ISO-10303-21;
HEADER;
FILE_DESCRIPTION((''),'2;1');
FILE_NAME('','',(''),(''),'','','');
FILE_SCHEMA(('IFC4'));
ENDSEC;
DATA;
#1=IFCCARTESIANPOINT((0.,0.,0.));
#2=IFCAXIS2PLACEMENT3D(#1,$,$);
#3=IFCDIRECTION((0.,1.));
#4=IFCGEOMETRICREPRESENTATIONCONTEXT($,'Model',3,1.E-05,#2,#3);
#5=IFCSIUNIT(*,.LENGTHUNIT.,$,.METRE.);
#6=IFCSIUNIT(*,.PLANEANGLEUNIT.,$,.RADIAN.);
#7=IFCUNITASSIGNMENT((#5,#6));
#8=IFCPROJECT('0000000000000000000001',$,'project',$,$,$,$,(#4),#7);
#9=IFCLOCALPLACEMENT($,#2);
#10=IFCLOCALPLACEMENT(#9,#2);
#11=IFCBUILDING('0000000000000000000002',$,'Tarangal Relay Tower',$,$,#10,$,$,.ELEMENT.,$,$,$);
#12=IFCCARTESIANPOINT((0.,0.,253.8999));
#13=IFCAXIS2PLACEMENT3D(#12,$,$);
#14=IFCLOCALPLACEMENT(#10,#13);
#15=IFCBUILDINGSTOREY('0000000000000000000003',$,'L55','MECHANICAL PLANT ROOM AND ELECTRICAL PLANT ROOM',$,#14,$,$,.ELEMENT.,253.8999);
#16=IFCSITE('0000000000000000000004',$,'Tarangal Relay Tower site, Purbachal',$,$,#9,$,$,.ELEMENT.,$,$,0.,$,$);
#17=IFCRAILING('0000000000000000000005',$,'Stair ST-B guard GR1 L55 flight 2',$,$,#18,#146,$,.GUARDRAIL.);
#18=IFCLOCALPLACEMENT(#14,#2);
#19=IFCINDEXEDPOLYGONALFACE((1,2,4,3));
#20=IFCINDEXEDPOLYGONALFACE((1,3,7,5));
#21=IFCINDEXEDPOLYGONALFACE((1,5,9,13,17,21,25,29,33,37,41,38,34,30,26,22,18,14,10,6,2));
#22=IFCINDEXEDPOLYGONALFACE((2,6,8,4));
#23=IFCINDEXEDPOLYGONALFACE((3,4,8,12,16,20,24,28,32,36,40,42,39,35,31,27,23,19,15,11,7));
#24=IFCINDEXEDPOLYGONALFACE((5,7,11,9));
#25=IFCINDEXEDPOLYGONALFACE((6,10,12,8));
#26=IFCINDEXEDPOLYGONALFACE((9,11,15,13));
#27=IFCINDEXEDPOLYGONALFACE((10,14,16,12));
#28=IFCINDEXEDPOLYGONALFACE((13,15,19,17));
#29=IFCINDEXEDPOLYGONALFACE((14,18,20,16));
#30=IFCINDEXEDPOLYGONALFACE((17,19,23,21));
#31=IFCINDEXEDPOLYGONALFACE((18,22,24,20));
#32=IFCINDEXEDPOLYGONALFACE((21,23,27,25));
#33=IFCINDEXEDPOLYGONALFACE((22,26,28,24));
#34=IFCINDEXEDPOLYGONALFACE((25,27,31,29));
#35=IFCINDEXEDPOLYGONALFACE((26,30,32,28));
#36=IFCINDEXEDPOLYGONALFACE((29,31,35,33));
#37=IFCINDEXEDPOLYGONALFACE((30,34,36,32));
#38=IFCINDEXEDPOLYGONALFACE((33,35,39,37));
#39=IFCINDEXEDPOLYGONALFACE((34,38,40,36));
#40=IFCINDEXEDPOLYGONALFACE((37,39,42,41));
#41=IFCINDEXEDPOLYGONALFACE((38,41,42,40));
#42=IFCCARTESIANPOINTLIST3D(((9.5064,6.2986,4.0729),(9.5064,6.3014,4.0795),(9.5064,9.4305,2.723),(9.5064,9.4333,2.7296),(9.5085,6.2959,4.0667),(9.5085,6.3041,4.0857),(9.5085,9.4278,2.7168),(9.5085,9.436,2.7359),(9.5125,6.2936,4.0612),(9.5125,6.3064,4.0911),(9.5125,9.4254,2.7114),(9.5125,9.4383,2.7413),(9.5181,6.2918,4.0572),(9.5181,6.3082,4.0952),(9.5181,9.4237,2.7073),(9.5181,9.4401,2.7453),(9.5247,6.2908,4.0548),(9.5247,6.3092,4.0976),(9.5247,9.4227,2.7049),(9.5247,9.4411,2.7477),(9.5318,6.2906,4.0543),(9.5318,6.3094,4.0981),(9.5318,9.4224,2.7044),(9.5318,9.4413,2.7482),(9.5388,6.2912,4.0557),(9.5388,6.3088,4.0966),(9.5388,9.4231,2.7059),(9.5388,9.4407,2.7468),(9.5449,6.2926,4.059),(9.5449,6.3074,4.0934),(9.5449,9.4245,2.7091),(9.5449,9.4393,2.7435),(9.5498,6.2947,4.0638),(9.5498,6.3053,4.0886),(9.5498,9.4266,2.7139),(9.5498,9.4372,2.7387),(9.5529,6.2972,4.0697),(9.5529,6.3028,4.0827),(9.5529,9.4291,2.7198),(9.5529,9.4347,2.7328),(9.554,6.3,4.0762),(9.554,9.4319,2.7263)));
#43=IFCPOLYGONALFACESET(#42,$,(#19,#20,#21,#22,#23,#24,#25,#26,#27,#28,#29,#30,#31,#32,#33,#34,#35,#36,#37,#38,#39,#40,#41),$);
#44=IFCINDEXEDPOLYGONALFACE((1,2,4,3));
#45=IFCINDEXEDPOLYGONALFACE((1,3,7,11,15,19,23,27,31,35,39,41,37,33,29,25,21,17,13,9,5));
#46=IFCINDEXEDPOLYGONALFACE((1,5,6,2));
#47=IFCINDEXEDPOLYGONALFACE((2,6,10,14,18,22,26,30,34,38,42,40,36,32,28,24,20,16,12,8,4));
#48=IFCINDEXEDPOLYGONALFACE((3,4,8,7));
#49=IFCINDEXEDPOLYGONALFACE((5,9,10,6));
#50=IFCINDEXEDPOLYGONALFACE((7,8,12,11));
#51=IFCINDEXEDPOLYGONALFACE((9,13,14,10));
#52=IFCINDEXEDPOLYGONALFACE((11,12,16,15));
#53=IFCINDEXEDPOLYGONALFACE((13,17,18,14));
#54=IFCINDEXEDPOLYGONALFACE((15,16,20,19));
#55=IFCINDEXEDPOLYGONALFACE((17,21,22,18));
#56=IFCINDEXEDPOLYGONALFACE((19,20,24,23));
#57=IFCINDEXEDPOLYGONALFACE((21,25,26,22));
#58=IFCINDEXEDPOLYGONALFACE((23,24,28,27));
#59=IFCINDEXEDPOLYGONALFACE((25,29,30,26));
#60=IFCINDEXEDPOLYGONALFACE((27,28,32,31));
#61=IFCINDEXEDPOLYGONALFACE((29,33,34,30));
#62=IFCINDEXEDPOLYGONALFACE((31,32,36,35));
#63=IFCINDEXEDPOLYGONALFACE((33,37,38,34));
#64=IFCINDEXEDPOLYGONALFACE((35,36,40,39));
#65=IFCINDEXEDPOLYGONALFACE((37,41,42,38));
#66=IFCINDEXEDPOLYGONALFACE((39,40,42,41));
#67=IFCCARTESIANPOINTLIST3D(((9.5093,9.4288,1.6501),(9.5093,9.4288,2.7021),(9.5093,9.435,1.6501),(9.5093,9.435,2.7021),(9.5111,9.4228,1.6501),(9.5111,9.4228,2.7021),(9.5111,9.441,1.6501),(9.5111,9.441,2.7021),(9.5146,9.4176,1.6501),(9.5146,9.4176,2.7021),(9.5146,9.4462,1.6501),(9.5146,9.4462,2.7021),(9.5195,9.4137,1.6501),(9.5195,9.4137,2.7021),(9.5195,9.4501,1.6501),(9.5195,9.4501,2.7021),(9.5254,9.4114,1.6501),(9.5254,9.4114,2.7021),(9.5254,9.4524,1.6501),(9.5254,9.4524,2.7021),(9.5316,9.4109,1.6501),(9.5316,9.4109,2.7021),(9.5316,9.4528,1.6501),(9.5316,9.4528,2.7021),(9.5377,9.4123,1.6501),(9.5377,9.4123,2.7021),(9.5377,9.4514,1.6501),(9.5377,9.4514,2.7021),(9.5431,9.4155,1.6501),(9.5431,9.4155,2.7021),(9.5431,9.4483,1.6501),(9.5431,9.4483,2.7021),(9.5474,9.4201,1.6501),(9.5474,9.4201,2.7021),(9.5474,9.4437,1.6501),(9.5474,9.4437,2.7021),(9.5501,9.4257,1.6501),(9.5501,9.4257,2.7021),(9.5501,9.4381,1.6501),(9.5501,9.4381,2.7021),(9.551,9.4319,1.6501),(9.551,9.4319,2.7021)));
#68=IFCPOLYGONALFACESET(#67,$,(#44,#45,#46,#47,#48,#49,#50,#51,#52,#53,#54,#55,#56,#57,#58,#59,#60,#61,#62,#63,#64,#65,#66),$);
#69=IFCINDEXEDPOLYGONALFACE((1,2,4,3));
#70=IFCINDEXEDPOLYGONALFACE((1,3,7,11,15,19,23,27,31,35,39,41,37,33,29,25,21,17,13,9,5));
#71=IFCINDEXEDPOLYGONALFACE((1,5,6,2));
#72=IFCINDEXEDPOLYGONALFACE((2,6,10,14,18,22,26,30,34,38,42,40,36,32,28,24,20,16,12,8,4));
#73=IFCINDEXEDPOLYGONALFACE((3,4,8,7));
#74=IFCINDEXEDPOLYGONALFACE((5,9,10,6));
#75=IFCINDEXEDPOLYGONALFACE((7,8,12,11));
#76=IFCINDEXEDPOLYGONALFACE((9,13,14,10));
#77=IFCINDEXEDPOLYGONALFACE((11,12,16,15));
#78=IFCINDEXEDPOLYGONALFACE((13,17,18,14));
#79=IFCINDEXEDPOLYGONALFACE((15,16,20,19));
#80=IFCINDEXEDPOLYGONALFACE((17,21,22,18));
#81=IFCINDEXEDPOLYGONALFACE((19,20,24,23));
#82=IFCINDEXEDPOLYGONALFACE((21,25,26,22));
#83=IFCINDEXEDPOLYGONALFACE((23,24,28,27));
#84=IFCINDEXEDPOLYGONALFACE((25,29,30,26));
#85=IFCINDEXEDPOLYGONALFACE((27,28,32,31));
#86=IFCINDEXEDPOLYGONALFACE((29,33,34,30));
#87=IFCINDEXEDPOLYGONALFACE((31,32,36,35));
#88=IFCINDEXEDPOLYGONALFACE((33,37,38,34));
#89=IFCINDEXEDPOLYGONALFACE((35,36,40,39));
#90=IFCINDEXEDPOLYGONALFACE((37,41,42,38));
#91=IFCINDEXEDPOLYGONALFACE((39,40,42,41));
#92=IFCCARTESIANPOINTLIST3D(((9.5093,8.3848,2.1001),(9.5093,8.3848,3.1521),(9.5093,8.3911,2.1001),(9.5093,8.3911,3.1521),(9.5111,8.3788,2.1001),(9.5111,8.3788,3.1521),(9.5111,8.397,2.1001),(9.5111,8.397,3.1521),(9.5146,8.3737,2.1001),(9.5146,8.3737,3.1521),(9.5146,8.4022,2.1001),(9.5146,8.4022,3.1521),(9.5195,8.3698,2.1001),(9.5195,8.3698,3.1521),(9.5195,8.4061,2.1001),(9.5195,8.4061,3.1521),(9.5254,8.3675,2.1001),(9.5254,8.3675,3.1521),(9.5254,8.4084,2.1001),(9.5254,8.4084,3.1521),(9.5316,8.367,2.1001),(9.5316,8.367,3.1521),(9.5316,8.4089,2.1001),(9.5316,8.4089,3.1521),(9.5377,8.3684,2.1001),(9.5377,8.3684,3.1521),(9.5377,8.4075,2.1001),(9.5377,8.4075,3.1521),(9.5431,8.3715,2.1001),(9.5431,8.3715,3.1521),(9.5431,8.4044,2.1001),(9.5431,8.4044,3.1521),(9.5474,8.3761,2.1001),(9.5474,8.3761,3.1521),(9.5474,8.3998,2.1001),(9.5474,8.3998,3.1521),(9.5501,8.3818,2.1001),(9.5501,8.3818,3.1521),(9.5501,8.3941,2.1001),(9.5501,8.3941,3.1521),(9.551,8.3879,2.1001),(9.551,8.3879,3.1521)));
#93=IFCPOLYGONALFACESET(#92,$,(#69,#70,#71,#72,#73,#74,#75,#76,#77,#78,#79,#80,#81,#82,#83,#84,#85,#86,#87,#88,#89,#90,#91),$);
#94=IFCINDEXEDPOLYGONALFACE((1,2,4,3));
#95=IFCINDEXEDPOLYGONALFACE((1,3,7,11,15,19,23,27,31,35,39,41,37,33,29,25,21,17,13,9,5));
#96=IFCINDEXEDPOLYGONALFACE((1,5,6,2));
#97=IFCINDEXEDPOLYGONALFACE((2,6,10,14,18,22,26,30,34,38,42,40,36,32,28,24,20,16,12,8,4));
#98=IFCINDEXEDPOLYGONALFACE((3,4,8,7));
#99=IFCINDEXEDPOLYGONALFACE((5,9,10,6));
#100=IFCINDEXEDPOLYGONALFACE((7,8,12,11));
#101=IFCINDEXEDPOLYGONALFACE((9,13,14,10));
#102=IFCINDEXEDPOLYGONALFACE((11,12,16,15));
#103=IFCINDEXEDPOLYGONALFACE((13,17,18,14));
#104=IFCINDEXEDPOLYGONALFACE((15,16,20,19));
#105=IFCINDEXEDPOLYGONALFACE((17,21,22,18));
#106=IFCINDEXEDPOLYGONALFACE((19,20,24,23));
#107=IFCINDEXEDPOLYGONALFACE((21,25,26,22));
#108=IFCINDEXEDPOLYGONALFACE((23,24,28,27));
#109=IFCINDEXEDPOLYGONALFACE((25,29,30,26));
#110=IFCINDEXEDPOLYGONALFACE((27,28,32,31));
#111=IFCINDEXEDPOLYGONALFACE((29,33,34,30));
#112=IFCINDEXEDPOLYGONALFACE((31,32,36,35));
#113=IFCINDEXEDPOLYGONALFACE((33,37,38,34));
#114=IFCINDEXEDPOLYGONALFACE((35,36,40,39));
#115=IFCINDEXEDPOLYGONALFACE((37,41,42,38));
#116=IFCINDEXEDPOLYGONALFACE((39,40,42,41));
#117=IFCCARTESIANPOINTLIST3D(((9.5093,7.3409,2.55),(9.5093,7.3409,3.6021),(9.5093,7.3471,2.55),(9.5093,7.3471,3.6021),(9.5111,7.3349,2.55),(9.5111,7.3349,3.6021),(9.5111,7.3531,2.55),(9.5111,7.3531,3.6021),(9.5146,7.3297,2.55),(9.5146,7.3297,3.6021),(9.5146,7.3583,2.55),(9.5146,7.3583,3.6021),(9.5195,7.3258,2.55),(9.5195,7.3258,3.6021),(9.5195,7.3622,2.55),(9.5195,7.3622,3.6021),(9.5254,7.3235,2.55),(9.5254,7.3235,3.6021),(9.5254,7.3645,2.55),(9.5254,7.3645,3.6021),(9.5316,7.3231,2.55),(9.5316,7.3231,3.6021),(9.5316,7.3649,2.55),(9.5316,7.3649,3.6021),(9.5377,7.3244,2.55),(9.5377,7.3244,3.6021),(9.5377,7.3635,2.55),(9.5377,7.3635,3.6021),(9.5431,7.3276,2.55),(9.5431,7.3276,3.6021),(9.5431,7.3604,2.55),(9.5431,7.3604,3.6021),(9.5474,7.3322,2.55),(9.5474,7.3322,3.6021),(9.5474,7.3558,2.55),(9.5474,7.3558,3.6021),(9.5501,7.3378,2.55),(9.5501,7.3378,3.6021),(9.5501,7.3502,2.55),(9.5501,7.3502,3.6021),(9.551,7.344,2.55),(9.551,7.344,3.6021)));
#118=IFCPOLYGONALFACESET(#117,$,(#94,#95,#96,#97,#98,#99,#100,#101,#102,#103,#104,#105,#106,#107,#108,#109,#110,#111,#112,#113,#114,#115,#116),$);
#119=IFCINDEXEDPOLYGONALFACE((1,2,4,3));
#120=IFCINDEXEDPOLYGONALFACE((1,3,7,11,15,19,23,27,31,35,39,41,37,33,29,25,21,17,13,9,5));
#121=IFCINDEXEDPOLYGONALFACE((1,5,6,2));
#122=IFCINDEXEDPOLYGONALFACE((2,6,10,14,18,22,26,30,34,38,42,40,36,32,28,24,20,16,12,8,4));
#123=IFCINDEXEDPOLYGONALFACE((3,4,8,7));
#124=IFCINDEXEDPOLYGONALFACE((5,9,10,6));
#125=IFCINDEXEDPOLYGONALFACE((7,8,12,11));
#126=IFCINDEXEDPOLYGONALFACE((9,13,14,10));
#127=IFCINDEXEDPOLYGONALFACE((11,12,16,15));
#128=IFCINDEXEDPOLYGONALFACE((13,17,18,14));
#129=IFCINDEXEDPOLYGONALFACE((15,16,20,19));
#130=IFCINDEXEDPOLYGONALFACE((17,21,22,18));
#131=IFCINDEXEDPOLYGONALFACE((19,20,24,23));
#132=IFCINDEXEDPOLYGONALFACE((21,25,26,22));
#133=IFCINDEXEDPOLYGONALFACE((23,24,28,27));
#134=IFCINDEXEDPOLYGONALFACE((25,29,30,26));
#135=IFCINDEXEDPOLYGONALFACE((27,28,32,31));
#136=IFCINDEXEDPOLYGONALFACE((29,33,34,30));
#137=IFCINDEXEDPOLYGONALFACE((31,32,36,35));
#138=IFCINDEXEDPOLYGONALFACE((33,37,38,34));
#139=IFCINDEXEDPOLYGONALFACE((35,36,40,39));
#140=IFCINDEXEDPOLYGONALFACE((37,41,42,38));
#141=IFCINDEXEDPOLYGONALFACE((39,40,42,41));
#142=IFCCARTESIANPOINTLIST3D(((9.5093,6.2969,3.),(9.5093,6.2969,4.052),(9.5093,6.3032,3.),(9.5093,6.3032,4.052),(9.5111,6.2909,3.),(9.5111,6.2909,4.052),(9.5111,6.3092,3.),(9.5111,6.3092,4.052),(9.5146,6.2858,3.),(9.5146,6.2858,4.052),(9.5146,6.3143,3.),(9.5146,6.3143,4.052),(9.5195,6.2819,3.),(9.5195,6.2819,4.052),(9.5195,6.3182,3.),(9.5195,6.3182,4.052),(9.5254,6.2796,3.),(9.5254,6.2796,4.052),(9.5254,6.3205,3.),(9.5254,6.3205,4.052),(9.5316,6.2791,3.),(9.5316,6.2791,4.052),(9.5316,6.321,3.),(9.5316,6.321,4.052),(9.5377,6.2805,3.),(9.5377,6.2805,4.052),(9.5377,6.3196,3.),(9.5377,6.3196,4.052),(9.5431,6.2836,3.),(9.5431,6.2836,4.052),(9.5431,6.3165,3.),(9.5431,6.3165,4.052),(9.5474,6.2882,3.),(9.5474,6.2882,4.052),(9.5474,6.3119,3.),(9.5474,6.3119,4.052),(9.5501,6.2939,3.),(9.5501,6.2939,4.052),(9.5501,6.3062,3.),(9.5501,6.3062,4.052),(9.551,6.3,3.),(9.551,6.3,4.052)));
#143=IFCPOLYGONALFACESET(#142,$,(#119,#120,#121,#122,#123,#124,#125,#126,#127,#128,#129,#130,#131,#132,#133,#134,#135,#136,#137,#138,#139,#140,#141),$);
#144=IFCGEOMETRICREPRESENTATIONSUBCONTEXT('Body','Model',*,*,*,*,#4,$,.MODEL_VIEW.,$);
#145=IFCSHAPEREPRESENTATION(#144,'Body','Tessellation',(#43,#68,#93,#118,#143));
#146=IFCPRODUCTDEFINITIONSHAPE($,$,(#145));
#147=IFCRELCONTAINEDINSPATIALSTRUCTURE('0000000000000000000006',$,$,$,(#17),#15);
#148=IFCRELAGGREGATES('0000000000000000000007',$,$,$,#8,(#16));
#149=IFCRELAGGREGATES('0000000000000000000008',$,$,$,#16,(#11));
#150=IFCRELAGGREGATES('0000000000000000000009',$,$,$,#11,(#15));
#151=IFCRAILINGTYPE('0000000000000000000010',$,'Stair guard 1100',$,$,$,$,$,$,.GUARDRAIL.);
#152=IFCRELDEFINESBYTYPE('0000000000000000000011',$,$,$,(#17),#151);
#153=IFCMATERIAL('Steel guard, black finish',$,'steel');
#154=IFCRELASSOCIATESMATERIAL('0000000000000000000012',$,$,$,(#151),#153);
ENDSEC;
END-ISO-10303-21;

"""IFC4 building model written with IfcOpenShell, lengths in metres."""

from ifc_helpers import new_model, si_unit, direction, frame, origin, origin_2d, place, context, subcontext, project, spatial, circle, extrude, material, type_object, element, save


model = new_model("IFC4")

# Units and contexts
model_context = context("Model", 3, precision=1e-05, world=origin(), true_north=direction((0.0, 1.0)))
body_context = subcontext(model_context, "Body", "Model", "MODEL_VIEW")
ifc_project = project(units=[si_unit("LENGTHUNIT", "METRE"), si_unit("PLANEANGLEUNIT", "RADIAN")], contexts=[model_context])

# Site, building, storey
site_placement = place(None, origin())
site = spatial("IfcSite", under=ifc_project, at=site_placement, Name="Tarangal Relay Tower site, Purbachal", CompositionType="ELEMENT", RefElevation=0.0)
building_placement = place(site_placement, origin())
building = spatial("IfcBuilding", under=site, at=building_placement, Name="Tarangal Relay Tower", CompositionType="ELEMENT")
storey_placement = place(building_placement, frame((0.0, 0.0, 253.8999)))
storey = spatial("IfcBuildingStorey", under=building, at=storey_placement, Name="L55", Description="MECHANICAL PLANT ROOM AND ELECTRICAL PLANT ROOM", CompositionType="ELEMENT", Elevation=253.8999)

# Railing
ifc_material_1 = material(Name="Steel guard, black finish", Category="steel")
railing_type_1 = type_object("IfcRailingType", Name="Stair guard 1100", PredefinedType="GUARDRAIL", material=ifc_material_1)
railing_1_placement = place(storey_placement, frame((9.53, 9.4319, 1.6501)))
element("IfcRailing", 1, at=railing_1_placement, inside=storey, type_object=railing_type_1, Name="Stair ST-B guard GR1 L55 flight 2", PredefinedType="GUARDRAIL", context=body_context, shape_type="SweptSolid", body=[
    extrude(circle(Radius=0.0239, at=origin_2d()), frame((0.0, 0.0, 1.0762), z_axis=(0.0, -0.918332, 0.395811), x_axis=(1.0, 0.0, 0.0)), (0.0, 0.0, 1.0), 3.4104),
    extrude(circle(Radius=0.021, at=origin_2d()), origin(), (0.0, 0.0, 1.0), 1.052),
    extrude(circle(Radius=0.021, at=origin_2d()), frame((0.0, -1.0439, 0.45)), (0.0, 0.0, 1.0), 1.052),
    extrude(circle(Radius=0.021, at=origin_2d()), frame((0.0, -2.0879, 0.8999)), (0.0, 0.0, 1.0), 1.052),
    extrude(circle(Radius=0.021, at=origin_2d()), frame((0.0, -3.1318, 1.3499)), (0.0, 0.0, 1.0), 1.052),
])

save(model, "model.ifc")
